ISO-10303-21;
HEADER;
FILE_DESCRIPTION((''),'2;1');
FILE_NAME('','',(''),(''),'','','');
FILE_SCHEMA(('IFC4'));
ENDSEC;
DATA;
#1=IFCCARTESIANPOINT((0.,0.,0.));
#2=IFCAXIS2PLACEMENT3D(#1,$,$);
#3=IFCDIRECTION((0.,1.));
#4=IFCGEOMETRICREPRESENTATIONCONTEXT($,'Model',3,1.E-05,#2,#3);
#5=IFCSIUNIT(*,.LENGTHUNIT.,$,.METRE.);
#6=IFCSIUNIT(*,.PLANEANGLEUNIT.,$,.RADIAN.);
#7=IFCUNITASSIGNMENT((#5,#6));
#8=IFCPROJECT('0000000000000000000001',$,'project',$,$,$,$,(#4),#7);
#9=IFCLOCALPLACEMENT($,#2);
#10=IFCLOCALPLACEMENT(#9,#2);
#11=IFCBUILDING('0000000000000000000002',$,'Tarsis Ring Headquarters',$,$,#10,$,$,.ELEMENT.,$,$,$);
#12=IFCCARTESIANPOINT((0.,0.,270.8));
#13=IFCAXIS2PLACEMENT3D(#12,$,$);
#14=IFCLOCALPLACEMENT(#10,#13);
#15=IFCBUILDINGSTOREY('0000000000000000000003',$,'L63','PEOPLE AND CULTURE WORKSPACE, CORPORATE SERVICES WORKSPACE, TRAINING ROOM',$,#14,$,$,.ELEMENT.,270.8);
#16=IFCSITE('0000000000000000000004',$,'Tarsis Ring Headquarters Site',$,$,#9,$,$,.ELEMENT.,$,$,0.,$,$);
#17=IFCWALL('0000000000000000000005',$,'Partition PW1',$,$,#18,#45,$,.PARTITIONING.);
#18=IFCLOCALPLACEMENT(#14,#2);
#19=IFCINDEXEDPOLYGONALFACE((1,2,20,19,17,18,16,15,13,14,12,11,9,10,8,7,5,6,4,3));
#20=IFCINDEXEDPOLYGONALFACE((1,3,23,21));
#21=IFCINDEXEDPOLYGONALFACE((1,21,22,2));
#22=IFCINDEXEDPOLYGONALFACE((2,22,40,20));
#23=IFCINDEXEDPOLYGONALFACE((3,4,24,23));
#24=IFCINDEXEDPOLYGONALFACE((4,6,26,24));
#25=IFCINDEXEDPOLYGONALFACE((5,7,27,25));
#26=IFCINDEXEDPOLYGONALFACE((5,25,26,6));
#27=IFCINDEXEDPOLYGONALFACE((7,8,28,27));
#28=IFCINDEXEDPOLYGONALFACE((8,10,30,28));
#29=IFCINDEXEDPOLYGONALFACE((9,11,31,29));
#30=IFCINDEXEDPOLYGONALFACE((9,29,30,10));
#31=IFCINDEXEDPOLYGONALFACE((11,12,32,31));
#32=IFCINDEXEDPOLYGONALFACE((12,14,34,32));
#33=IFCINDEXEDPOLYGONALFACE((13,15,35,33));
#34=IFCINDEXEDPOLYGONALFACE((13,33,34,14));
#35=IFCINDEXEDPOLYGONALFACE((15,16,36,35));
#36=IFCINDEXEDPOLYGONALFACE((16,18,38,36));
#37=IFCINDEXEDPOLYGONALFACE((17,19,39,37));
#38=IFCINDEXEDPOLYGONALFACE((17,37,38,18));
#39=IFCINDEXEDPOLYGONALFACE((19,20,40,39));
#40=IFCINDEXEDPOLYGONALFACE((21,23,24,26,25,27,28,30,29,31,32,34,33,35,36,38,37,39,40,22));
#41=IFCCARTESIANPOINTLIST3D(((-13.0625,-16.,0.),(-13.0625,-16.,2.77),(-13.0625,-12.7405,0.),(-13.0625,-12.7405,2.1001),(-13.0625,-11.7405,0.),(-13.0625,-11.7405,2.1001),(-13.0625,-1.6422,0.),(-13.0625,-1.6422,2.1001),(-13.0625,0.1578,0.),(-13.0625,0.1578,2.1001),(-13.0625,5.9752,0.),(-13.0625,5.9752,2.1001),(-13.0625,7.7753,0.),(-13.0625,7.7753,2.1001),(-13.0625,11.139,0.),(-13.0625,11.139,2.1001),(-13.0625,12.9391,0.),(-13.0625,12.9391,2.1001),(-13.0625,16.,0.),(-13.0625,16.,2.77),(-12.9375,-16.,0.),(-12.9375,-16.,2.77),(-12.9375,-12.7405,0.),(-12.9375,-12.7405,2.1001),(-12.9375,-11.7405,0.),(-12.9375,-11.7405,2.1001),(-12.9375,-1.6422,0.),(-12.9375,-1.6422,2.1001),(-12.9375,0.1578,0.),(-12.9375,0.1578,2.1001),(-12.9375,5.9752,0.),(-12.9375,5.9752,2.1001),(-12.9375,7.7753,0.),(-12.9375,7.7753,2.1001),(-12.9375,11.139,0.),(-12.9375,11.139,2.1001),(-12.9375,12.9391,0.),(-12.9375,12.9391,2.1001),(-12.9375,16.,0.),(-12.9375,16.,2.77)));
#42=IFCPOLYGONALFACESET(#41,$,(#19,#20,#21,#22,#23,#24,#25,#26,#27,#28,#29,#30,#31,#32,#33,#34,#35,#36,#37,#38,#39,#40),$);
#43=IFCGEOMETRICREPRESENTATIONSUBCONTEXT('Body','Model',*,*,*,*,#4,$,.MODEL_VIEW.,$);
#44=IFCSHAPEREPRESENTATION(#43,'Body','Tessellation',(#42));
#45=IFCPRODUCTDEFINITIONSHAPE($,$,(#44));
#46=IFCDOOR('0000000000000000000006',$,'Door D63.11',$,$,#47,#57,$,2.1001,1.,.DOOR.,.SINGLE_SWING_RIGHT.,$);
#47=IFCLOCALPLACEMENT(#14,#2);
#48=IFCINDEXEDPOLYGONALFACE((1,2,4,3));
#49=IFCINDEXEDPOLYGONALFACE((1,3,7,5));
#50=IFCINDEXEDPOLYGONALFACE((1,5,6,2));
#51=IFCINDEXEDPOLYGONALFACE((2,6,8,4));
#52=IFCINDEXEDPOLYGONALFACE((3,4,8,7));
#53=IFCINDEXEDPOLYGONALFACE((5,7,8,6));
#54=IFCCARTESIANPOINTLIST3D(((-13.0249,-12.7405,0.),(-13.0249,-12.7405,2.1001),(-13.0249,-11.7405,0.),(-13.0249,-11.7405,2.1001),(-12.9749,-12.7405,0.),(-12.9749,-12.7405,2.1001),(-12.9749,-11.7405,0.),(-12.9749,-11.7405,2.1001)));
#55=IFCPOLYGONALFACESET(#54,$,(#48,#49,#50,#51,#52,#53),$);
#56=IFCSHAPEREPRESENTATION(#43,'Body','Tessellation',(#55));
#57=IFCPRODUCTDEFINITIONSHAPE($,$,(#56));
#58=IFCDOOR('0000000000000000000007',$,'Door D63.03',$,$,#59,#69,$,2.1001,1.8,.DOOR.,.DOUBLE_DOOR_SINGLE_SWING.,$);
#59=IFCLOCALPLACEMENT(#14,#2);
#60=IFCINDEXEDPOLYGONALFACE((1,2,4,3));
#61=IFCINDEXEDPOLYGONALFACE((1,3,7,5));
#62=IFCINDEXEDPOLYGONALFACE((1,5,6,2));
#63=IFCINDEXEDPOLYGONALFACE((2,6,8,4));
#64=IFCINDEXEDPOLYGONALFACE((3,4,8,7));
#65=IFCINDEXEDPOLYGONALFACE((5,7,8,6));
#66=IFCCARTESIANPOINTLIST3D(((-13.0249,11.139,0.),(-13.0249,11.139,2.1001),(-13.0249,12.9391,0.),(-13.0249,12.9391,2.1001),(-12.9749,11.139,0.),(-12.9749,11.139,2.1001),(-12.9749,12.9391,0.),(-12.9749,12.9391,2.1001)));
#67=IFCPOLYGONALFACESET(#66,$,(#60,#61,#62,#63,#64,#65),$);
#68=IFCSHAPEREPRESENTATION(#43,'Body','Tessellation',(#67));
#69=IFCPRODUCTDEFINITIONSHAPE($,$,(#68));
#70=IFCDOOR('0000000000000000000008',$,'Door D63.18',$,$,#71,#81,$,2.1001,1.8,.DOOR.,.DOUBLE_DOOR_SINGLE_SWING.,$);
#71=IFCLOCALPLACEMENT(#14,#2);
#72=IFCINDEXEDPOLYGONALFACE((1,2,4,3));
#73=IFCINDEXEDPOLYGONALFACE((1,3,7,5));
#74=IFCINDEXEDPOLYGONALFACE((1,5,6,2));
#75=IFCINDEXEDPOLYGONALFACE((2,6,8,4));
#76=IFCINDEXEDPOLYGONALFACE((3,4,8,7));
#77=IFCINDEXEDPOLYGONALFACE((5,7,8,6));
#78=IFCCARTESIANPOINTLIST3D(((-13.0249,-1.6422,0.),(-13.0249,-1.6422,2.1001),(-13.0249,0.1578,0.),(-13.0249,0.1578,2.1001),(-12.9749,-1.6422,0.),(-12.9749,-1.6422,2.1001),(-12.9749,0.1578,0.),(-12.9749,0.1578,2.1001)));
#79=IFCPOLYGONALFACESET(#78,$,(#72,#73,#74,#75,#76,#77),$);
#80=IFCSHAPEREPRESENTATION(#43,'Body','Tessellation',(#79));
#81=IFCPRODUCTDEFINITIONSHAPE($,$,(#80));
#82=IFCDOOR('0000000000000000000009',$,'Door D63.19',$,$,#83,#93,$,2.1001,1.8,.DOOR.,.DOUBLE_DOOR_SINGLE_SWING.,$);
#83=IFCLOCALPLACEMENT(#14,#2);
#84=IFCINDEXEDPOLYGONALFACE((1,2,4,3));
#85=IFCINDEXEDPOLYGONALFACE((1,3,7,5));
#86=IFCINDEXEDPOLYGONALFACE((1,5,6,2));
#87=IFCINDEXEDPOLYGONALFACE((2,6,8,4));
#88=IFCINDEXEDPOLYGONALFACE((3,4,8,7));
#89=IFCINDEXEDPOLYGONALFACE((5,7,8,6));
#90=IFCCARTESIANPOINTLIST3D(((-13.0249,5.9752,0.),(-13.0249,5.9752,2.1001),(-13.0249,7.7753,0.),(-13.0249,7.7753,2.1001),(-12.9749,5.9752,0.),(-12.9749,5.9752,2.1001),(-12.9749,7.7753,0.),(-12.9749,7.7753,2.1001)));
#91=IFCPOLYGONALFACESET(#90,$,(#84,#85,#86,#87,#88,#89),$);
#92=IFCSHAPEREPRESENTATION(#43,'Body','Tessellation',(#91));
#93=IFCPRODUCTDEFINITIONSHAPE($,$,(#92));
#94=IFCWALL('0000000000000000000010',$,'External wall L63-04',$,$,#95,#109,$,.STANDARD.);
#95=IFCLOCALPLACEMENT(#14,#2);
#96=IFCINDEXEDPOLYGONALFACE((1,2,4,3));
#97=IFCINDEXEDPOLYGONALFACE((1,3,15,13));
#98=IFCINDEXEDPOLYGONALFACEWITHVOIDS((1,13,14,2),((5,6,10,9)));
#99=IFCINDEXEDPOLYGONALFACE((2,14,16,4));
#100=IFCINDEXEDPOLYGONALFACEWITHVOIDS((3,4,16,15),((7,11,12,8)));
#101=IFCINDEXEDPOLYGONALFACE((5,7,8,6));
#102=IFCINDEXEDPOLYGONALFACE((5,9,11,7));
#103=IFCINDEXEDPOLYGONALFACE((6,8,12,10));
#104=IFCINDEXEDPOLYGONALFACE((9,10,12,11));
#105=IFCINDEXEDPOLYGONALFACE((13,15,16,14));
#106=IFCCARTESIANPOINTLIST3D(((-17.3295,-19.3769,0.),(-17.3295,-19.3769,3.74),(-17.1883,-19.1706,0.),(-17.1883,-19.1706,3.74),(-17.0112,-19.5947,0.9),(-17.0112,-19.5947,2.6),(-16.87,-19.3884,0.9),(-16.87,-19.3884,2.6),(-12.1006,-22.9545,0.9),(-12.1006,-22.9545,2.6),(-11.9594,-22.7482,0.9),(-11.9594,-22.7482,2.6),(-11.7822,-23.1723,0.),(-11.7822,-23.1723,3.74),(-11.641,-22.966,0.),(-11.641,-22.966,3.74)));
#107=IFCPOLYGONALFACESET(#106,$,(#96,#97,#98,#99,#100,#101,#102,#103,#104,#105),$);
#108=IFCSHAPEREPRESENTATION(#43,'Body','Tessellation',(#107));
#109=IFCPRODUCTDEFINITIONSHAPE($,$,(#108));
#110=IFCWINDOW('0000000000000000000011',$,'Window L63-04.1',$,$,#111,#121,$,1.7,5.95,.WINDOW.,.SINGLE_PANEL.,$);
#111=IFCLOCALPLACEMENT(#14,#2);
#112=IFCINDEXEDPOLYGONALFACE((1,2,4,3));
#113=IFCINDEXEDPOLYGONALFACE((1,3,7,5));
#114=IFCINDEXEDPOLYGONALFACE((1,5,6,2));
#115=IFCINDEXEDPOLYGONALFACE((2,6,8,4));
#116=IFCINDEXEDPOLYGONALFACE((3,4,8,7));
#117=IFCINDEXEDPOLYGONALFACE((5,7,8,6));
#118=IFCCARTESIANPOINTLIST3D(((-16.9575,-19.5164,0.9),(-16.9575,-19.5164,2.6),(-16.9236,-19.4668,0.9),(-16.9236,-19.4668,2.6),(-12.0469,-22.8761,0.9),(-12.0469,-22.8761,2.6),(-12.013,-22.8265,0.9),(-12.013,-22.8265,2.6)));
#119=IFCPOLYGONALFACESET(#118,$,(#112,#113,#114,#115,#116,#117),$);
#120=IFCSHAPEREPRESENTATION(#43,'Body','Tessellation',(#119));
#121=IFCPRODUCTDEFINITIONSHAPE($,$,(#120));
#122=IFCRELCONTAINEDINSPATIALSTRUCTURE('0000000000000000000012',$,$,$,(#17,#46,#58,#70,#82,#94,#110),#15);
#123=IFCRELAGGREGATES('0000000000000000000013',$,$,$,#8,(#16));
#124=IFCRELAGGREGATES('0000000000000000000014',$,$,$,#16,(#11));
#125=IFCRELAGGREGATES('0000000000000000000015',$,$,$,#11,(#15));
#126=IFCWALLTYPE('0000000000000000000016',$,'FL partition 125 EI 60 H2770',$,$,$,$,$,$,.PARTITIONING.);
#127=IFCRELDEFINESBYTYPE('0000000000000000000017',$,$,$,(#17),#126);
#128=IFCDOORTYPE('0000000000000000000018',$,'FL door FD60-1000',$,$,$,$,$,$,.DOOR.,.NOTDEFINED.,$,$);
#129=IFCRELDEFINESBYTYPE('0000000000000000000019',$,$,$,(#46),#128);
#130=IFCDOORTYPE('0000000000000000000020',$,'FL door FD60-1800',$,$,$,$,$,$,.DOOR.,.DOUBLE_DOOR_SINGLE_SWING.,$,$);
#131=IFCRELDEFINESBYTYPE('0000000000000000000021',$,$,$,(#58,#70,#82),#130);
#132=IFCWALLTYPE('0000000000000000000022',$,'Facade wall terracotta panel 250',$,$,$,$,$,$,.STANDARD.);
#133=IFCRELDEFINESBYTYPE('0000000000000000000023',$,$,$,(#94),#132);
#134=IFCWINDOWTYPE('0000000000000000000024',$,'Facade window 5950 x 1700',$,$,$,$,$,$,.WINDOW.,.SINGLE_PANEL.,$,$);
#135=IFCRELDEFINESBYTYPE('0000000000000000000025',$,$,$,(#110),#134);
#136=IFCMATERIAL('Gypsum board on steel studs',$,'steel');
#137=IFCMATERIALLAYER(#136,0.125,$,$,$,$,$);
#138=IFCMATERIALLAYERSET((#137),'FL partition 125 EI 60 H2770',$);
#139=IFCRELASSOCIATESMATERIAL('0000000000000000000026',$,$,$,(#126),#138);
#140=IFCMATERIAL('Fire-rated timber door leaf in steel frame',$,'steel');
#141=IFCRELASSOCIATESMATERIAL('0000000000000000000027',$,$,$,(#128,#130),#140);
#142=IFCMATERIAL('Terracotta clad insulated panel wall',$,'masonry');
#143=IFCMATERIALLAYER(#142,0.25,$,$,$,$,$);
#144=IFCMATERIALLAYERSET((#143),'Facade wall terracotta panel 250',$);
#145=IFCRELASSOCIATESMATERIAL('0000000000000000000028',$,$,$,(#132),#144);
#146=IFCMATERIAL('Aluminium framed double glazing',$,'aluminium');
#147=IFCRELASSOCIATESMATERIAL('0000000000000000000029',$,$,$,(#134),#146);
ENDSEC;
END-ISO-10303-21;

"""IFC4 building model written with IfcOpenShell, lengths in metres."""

from ifc_helpers import new_model, si_unit, direction, frame, frame_2d, origin, place, context, subcontext, project, spatial, rectangle, extrude, material, layer, layer_set, type_object, element, fill, save


model = new_model("IFC4")

# Units and contexts
model_context = context("Model", 3, precision=1e-05, world=origin(), true_north=direction((0.0, 1.0)))
body_context = subcontext(model_context, "Body", "Model", "MODEL_VIEW")
ifc_project = project(units=[si_unit("LENGTHUNIT", "METRE"), si_unit("PLANEANGLEUNIT", "RADIAN")], contexts=[model_context])

# Site, building, storey
site_placement = place(None, origin())
site = spatial("IfcSite", under=ifc_project, at=site_placement, Name="Tarsis Ring Headquarters Site", CompositionType="ELEMENT", RefElevation=0.0)
building_placement = place(site_placement, origin())
building = spatial("IfcBuilding", under=site, at=building_placement, Name="Tarsis Ring Headquarters", CompositionType="ELEMENT")
storey_placement = place(building_placement, frame((0.0, 0.0, 270.8)))
storey = spatial("IfcBuildingStorey", under=building, at=storey_placement, Name="L63", Description="PEOPLE AND CULTURE WORKSPACE, CORPORATE SERVICES WORKSPACE, TRAINING ROOM", CompositionType="ELEMENT", Elevation=270.8)

# Shared definitions
ifc_material_1 = material(Name="Gypsum board on steel studs", Category="steel")

# Wall, openings, doors
ifc_layer_1 = layer(ifc_material_1, 0.125)
ifc_layer_set_1 = layer_set([ifc_layer_1], Name="FL partition 125 EI 60 H2770")
wall_type_1 = type_object("IfcWallType", Name="FL partition 125 EI 60 H2770", PredefinedType="PARTITIONING", material=ifc_layer_set_1)
wall_1_placement = place(storey_placement, frame((-13.0, -16.0, 0.0), z_axis=(0.0, 0.0, 1.0), x_axis=(0.0, 1.0, 0.0)))
wall_1 = element("IfcWall", 1, at=wall_1_placement, inside=storey, type_object=wall_type_1, Name="Partition PW1", PredefinedType="PARTITIONING", context=body_context, shape_type="SweptSolid", body=[
    extrude(rectangle(XDim=32.0, YDim=0.125, at=frame_2d((16.0, 0.0))), origin(), (0.0, 0.0, 1.0), 2.77),
])
opening_1_placement = place(wall_1_placement, frame((27.1392, 0.0, 0.0)))
opening_1 = element("IfcOpeningElement", 2, at=opening_1_placement, cuts=wall_1, PredefinedType="OPENING", context=body_context, shape_type="SweptSolid", body=[
    extrude(rectangle(XDim=1.8, YDim=2.1001, at=frame_2d((0.8999, 1.05))), frame((0.0, 0.0725, 0.0), z_axis=(0.0, -1.0, 0.0), x_axis=(1.0, 0.0, 0.0)), (0.0, 0.0, 1.0), 0.145),
])
opening_2_placement = place(wall_1_placement, frame((3.2595, 0.0, 0.0)))
opening_2 = element("IfcOpeningElement", 3, at=opening_2_placement, cuts=wall_1, PredefinedType="OPENING", context=body_context, shape_type="SweptSolid", body=[
    extrude(rectangle(XDim=1.0, YDim=2.1001, at=frame_2d((0.5, 1.05))), frame((0.0, 0.0725, 0.0), z_axis=(0.0, -1.0, 0.0), x_axis=(1.0, 0.0, 0.0)), (0.0, 0.0, 1.0), 0.145),
])
opening_3_placement = place(wall_1_placement, frame((14.3579, 0.0, 0.0)))
opening_3 = element("IfcOpeningElement", 4, at=opening_3_placement, cuts=wall_1, PredefinedType="OPENING", context=body_context, shape_type="SweptSolid", body=[
    extrude(rectangle(XDim=1.8, YDim=2.1001, at=frame_2d((0.8999, 1.05))), frame((0.0, 0.0725, 0.0), z_axis=(0.0, -1.0, 0.0), x_axis=(1.0, 0.0, 0.0)), (0.0, 0.0, 1.0), 0.145),
])
opening_4_placement = place(wall_1_placement, frame((21.9753, 0.0, 0.0)))
opening_4 = element("IfcOpeningElement", 5, at=opening_4_placement, cuts=wall_1, PredefinedType="OPENING", context=body_context, shape_type="SweptSolid", body=[
    extrude(rectangle(XDim=1.8, YDim=2.1001, at=frame_2d((0.8999, 1.05))), frame((0.0, 0.0725, 0.0), z_axis=(0.0, -1.0, 0.0), x_axis=(1.0, 0.0, 0.0)), (0.0, 0.0, 1.0), 0.145),
])
ifc_material_2 = material(Name="Fire-rated timber door leaf in steel frame", Category="steel")
door_type_1 = type_object("IfcDoorType", Name="FL door FD60-1000", OperationType="NOTDEFINED", PredefinedType="DOOR", material=ifc_material_2)
door_1_placement = place(opening_2_placement, origin())
door_1 = element("IfcDoor", 6, at=door_1_placement, inside=storey, type_object=door_type_1, Name="Door D63.11", OperationType="SINGLE_SWING_RIGHT", OverallHeight=2.1001, OverallWidth=1.0, PredefinedType="DOOR", context=body_context, shape_type="SweptSolid", body=[
    extrude(rectangle(XDim=1.0, YDim=2.1001, at=frame_2d((0.5, 1.05))), frame((0.0, 0.0249, 0.0), z_axis=(0.0, -1.0, 0.0), x_axis=(1.0, 0.0, 0.0)), (0.0, 0.0, 1.0), 0.05),
])
fill(opening_2, door_1)
door_type_2 = type_object("IfcDoorType", Name="FL door FD60-1800", OperationType="DOUBLE_DOOR_SINGLE_SWING", PredefinedType="DOOR", material=ifc_material_2)
door_2_placement = place(opening_1_placement, origin())
door_2 = element("IfcDoor", 7, at=door_2_placement, inside=storey, type_object=door_type_2, Name="Door D63.03", OperationType="DOUBLE_DOOR_SINGLE_SWING", OverallHeight=2.1001, OverallWidth=1.8, PredefinedType="DOOR", context=body_context, shape_type="SweptSolid", body=[
    extrude(rectangle(XDim=1.8, YDim=2.1001, at=frame_2d((0.8999, 1.05))), frame((0.0, 0.0249, 0.0), z_axis=(0.0, -1.0, 0.0), x_axis=(1.0, 0.0, 0.0)), (0.0, 0.0, 1.0), 0.05),
])
fill(opening_1, door_2)
door_3_placement = place(opening_3_placement, origin())
door_3 = element("IfcDoor", 8, at=door_3_placement, inside=storey, type_object=door_type_2, Name="Door D63.18", OperationType="DOUBLE_DOOR_SINGLE_SWING", OverallHeight=2.1001, OverallWidth=1.8, PredefinedType="DOOR", context=body_context, shape_type="SweptSolid", body=[
    extrude(rectangle(XDim=1.8, YDim=2.1001, at=frame_2d((0.8999, 1.05))), frame((0.0, 0.0249, 0.0), z_axis=(0.0, -1.0, 0.0), x_axis=(1.0, 0.0, 0.0)), (0.0, 0.0, 1.0), 0.05),
])
fill(opening_3, door_3)
door_4_placement = place(opening_4_placement, origin())
door_4 = element("IfcDoor", 9, at=door_4_placement, inside=storey, type_object=door_type_2, Name="Door D63.19", OperationType="DOUBLE_DOOR_SINGLE_SWING", OverallHeight=2.1001, OverallWidth=1.8, PredefinedType="DOOR", context=body_context, shape_type="SweptSolid", body=[
    extrude(rectangle(XDim=1.8, YDim=2.1001, at=frame_2d((0.8999, 1.05))), frame((0.0, 0.0249, 0.0), z_axis=(0.0, -1.0, 0.0), x_axis=(1.0, 0.0, 0.0)), (0.0, 0.0, 1.0), 0.05),
])
fill(opening_4, door_4)

# Wall, opening, window
ifc_material_3 = material(Name="Terracotta clad insulated panel wall", Category="masonry")
ifc_layer_2 = layer(ifc_material_3, 0.25)
ifc_layer_set_2 = layer_set([ifc_layer_2], Name="Facade wall terracotta panel 250")
wall_type_2 = type_object("IfcWallType", Name="Facade wall terracotta panel 250", PredefinedType="STANDARD", material=ifc_layer_set_2)
wall_2_placement = place(storey_placement, frame((-17.259, -19.2737, 0.0), z_axis=(0.0, 0.0, 1.0), x_axis=(0.825318, -0.564668, 0.0)))
wall_2 = element("IfcWall", 10, at=wall_2_placement, inside=storey, type_object=wall_type_2, Name="External wall L63-04", PredefinedType="STANDARD", context=body_context, shape_type="SweptSolid", body=[
    extrude(rectangle(XDim=6.7214, YDim=0.25, at=frame_2d((3.3608, 0.0))), origin(), (0.0, 0.0, 1.0), 3.74),
])
opening_5_placement = place(wall_2_placement, frame((0.3857, 0.0, 0.8999)))
opening_5 = element("IfcOpeningElement", 11, at=opening_5_placement, cuts=wall_2, PredefinedType="OPENING", context=body_context, shape_type="SweptSolid", body=[
    extrude(rectangle(XDim=5.95, YDim=1.7, at=frame_2d((2.9751, 0.8501))), frame((0.0, 0.135, 0.0), z_axis=(0.0, -1.0, 0.0), x_axis=(1.0, 0.0, 0.0)), (0.0, 0.0, 1.0), 0.27),
])
ifc_material_4 = material(Name="Aluminium framed double glazing", Category="aluminium")
window_type = type_object("IfcWindowType", Name="Facade window 5950 x 1700", PartitioningType="SINGLE_PANEL", PredefinedType="WINDOW", material=ifc_material_4)
window_placement = place(opening_5_placement, origin())
window = element("IfcWindow", 12, at=window_placement, inside=storey, type_object=window_type, Name="Window L63-04.1", OverallHeight=1.7, OverallWidth=5.95, PartitioningType="SINGLE_PANEL", PredefinedType="WINDOW", context=body_context, shape_type="SweptSolid", body=[
    extrude(rectangle(XDim=5.95, YDim=1.7, at=frame_2d((2.9751, 0.8501))), frame((0.0, 0.03, 0.0), z_axis=(0.0, -1.0, 0.0), x_axis=(1.0, 0.0, 0.0)), (0.0, 0.0, 1.0), 0.0601),
])
fill(opening_5, window)

save(model, "model.ifc")
